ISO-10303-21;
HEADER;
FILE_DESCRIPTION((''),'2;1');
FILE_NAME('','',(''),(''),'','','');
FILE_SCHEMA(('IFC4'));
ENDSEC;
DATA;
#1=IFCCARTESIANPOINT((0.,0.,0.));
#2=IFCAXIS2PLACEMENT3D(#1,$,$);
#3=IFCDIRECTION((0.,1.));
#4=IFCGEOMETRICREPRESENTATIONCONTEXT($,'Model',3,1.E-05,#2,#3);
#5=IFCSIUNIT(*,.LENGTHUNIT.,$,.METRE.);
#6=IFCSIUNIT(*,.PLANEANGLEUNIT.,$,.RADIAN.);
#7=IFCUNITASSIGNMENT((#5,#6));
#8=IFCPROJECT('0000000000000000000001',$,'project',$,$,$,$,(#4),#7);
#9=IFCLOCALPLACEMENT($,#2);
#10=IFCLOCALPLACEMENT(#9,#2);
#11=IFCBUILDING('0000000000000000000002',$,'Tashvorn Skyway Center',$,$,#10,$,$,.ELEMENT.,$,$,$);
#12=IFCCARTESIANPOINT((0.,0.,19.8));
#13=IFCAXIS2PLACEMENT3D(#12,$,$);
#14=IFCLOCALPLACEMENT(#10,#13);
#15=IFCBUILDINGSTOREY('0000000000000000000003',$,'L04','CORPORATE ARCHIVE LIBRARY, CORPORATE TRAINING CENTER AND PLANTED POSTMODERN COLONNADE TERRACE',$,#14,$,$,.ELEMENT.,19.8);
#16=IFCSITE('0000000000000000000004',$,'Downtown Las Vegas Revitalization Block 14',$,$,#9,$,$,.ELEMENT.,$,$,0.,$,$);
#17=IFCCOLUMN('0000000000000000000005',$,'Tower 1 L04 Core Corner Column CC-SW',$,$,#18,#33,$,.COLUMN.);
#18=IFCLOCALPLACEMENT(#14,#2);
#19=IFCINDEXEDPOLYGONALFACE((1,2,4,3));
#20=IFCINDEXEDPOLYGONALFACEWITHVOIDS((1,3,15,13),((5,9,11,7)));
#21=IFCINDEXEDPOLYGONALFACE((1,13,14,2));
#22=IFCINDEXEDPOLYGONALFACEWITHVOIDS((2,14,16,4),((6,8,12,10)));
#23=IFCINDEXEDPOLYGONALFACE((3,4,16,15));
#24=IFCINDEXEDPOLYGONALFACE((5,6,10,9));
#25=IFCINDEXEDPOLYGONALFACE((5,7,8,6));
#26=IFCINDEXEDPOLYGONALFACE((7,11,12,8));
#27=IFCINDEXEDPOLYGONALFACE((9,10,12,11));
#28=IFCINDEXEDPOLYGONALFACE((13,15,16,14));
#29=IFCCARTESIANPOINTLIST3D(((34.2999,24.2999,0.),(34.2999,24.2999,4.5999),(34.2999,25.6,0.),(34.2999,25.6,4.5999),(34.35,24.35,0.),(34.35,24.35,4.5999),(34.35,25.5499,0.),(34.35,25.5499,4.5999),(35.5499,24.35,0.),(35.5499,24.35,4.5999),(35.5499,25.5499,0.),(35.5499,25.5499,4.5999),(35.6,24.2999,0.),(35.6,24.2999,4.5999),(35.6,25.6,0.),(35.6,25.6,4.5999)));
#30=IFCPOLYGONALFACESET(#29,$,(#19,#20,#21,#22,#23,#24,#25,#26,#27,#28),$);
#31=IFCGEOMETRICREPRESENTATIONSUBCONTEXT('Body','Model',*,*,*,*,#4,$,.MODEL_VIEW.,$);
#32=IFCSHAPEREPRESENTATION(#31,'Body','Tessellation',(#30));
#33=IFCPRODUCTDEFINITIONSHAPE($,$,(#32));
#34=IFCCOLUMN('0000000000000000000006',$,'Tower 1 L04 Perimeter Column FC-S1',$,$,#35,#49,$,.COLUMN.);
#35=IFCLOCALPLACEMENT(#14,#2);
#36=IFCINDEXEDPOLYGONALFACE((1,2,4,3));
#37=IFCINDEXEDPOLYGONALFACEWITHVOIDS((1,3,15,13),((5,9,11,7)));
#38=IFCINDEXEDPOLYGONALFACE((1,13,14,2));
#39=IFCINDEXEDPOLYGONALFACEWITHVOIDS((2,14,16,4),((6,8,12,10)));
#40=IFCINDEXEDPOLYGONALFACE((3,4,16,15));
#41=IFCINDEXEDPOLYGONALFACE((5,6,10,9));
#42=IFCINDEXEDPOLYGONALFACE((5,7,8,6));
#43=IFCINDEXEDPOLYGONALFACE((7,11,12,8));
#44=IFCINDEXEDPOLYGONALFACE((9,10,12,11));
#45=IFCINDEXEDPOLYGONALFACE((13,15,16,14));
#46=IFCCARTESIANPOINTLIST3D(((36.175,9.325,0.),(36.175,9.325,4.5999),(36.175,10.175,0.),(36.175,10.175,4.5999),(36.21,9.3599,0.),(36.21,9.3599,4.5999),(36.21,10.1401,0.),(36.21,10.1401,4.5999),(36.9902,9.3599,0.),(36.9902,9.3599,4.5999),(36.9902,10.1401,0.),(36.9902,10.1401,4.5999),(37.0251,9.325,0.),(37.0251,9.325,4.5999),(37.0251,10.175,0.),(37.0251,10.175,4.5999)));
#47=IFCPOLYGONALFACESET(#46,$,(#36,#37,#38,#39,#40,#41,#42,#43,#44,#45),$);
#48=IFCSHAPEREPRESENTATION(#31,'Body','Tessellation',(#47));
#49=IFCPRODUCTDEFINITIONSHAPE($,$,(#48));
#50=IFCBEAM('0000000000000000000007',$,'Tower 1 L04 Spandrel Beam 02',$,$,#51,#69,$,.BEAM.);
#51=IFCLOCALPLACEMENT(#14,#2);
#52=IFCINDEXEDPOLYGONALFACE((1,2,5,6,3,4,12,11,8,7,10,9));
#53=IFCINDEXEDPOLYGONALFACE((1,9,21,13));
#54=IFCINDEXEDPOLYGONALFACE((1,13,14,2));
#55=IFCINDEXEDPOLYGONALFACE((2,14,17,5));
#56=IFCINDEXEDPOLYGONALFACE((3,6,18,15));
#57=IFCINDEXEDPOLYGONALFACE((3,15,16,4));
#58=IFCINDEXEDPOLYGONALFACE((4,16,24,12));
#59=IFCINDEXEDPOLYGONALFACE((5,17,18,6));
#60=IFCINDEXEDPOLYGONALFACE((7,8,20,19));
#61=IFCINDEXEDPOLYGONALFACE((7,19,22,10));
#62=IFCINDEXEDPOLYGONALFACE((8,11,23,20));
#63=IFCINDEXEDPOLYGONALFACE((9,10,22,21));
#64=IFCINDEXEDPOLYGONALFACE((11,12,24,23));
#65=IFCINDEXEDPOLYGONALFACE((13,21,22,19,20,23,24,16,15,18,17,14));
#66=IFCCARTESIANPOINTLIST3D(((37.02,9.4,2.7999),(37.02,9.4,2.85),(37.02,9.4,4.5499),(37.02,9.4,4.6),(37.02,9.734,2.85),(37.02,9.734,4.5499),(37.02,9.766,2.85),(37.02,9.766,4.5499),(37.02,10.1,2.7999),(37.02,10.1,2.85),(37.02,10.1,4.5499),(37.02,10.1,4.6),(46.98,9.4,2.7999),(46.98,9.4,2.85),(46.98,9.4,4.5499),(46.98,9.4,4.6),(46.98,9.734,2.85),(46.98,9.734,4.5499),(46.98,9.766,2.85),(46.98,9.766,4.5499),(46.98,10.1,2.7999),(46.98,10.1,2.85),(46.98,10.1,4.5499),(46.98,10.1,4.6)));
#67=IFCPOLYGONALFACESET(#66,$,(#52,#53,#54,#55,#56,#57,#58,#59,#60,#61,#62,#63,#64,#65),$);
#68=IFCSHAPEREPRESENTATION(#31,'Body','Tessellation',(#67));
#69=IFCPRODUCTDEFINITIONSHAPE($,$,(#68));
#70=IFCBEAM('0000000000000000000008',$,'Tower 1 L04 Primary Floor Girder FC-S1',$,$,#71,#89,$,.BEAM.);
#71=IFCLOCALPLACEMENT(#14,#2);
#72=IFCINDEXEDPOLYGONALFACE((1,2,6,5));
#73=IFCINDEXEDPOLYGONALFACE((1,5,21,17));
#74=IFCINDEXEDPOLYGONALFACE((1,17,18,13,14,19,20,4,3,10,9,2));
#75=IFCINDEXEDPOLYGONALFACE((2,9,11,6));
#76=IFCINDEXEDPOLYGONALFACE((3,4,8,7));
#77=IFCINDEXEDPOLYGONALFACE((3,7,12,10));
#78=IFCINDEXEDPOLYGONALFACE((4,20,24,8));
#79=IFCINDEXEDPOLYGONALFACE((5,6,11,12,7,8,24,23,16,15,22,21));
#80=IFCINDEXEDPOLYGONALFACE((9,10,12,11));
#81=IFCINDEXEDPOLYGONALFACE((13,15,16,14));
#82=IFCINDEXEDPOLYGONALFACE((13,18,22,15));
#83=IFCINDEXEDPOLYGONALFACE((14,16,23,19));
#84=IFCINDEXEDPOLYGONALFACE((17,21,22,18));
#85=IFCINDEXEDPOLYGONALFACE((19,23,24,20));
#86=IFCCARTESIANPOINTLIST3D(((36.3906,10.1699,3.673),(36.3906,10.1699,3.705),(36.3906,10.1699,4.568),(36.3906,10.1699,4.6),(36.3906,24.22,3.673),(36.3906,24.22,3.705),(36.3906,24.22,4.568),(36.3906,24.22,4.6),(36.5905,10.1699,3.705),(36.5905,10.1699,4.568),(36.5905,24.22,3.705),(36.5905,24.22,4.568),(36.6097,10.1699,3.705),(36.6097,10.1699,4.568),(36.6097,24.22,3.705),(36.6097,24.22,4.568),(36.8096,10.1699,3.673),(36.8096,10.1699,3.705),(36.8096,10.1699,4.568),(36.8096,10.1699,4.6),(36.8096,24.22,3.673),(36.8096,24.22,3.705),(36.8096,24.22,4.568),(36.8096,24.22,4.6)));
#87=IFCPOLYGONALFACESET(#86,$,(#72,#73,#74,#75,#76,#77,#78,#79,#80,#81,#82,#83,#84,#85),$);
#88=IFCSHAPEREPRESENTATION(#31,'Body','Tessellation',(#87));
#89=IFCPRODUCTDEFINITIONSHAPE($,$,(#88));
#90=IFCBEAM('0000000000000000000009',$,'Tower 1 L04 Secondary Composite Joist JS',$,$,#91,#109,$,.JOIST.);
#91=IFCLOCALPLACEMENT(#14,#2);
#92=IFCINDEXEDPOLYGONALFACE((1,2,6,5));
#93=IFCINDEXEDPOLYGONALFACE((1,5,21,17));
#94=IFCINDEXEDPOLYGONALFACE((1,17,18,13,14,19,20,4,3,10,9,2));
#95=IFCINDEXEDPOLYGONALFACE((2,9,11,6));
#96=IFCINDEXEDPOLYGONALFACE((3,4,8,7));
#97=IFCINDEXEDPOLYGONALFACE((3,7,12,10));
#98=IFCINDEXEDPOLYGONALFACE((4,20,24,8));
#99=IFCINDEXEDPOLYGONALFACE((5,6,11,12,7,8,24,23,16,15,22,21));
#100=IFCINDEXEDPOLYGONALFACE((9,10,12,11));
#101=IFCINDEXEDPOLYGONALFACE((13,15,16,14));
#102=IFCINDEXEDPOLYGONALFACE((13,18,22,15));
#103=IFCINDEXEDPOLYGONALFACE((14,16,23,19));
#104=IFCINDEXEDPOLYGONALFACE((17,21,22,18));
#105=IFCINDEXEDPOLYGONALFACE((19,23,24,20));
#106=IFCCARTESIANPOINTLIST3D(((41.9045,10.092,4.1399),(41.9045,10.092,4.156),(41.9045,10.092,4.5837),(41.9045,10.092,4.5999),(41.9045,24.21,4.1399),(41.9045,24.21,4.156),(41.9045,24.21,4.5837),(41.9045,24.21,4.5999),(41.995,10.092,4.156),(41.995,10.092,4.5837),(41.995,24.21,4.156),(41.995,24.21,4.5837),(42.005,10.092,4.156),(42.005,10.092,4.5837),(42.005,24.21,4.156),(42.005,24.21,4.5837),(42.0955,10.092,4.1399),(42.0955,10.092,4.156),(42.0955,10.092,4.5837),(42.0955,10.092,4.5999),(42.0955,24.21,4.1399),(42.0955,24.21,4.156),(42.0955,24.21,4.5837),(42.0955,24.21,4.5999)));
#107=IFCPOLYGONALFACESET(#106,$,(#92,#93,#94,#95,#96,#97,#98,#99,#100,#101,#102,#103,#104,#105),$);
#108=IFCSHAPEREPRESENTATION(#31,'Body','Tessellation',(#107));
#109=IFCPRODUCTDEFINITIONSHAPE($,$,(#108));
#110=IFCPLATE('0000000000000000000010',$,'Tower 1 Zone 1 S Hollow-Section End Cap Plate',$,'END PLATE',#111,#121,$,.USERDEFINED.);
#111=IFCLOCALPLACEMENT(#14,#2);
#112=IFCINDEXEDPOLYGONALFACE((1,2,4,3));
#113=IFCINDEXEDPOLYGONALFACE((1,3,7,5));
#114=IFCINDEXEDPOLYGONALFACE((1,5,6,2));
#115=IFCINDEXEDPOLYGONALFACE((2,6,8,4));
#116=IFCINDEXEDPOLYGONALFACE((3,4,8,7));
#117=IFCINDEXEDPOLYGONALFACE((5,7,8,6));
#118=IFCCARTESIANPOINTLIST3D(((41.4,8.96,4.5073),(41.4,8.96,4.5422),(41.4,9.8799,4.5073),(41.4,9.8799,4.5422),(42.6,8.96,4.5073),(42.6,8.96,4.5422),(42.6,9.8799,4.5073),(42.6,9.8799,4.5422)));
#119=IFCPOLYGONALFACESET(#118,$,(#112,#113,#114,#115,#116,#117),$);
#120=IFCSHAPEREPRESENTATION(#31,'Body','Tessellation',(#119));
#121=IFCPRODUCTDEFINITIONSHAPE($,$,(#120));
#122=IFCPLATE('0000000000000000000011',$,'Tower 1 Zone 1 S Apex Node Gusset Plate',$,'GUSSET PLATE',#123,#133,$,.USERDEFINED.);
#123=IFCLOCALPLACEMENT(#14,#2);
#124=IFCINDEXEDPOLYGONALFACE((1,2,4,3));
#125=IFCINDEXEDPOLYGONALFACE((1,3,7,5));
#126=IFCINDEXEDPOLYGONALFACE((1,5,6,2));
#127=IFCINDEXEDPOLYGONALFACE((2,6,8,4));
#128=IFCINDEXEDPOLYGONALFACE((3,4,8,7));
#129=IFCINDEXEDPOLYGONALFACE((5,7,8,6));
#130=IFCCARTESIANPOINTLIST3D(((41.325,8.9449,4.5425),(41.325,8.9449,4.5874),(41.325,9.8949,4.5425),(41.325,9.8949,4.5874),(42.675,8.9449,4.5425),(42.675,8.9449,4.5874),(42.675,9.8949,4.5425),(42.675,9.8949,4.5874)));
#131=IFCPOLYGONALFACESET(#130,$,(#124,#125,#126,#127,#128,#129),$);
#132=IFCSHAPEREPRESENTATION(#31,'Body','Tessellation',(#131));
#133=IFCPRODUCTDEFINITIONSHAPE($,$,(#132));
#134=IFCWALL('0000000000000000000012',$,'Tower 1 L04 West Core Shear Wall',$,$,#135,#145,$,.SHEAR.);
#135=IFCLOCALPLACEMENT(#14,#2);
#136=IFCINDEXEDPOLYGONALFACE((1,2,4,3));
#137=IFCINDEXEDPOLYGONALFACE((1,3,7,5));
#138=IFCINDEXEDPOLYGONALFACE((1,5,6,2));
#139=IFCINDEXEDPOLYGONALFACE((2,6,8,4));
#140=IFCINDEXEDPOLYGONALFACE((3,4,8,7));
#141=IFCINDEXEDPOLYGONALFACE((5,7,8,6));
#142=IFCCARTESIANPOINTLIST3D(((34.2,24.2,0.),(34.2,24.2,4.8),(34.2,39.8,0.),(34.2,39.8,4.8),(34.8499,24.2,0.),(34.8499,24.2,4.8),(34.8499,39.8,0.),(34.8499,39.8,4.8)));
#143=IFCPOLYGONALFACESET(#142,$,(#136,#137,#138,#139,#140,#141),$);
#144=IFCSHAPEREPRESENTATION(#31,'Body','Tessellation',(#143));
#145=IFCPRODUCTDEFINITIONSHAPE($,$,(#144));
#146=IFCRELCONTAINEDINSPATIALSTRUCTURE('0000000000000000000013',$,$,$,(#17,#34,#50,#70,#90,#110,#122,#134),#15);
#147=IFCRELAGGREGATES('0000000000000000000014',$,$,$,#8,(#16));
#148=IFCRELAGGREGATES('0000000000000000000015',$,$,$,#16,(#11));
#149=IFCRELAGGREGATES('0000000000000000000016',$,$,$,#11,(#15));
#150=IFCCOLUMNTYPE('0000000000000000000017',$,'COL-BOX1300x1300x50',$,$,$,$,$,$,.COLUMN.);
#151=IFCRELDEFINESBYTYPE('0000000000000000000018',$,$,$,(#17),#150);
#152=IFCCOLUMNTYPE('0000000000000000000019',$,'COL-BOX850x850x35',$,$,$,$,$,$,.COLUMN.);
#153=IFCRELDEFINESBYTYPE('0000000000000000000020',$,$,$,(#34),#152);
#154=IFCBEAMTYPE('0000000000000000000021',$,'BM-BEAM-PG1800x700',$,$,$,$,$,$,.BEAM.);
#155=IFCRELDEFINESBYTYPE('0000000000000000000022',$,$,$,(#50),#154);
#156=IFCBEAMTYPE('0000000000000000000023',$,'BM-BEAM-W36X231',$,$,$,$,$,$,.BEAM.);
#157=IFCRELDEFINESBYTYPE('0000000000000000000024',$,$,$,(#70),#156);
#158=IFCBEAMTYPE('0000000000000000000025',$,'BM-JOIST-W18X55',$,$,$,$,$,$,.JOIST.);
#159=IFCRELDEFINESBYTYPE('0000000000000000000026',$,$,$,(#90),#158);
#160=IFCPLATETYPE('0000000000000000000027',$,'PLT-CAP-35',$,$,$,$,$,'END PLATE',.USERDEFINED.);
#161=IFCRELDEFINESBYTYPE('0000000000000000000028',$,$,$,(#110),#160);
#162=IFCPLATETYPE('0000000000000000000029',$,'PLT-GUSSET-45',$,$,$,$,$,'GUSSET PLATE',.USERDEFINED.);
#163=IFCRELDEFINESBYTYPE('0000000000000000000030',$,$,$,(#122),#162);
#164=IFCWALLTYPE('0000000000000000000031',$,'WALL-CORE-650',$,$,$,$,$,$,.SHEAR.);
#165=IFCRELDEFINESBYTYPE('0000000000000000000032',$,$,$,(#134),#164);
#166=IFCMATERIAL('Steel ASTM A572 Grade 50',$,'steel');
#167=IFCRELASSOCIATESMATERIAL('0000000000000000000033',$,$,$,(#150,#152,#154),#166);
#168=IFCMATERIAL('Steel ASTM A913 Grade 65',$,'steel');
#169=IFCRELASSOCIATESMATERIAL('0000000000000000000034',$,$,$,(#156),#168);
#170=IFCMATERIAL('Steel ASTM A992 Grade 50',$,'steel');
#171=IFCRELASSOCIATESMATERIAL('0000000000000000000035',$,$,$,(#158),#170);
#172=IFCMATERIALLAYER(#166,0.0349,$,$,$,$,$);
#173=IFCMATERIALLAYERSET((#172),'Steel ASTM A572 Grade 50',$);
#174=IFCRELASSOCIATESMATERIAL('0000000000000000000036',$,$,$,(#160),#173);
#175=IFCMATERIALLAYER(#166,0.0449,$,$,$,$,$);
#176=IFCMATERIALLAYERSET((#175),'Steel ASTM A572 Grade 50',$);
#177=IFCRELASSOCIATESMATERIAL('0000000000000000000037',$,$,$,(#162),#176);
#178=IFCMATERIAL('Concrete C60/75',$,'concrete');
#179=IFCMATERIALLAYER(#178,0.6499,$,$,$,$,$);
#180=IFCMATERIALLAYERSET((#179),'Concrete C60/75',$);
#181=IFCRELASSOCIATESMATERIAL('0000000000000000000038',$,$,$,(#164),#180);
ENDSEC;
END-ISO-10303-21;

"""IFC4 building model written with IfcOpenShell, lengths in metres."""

from ifc_helpers import new_model, si_unit, direction, frame, frame_2d, origin, origin_2d, place, context, subcontext, project, spatial, rectangle, hollow_rectangle, i_section, extrude, material, layer, layer_set, material_profile, profile_set, type_object, element, save


model = new_model("IFC4")

# Units and contexts
model_context = context("Model", 3, precision=1e-05, world=origin(), true_north=direction((0.0, 1.0)))
body_context = subcontext(model_context, "Body", "Model", "MODEL_VIEW")
ifc_project = project(units=[si_unit("LENGTHUNIT", "METRE"), si_unit("PLANEANGLEUNIT", "RADIAN")], contexts=[model_context])

# Site, building, storey
site_placement = place(None, origin())
site = spatial("IfcSite", under=ifc_project, at=site_placement, Name="Downtown Las Vegas Revitalization Block 14", CompositionType="ELEMENT", RefElevation=0.0)
building_placement = place(site_placement, origin())
building = spatial("IfcBuilding", under=site, at=building_placement, Name="Tashvorn Skyway Center", CompositionType="ELEMENT")
storey_placement = place(building_placement, frame((0.0, 0.0, 19.8)))
storey = spatial("IfcBuildingStorey", under=building, at=storey_placement, Name="L04", Description="CORPORATE ARCHIVE LIBRARY, CORPORATE TRAINING CENTER AND PLANTED POSTMODERN COLONNADE TERRACE", CompositionType="ELEMENT", Elevation=19.8)

# Columns
ifc_material_1 = material(Name="Steel ASTM A572 Grade 50", Category="steel")
ifc_material_profile_1 = material_profile(ifc_material_1, hollow_rectangle(XDim=1.3, YDim=1.3, WallThickness=0.05, at=origin_2d()), Name="BOX1300x1300x50")
ifc_profile_set_1 = profile_set([ifc_material_profile_1], Name="Steel ASTM A572 Grade 50")
column_type_1 = type_object("IfcColumnType", Name="COL-BOX1300x1300x50", PredefinedType="COLUMN", material=ifc_profile_set_1)
column_1_placement = place(storey_placement, frame((34.95, 24.95, 0.0), z_axis=(0.0, 0.0, 1.0), x_axis=(1.0, 0.0, 0.0)))
element("IfcColumn", 1, at=column_1_placement, inside=storey, type_object=column_type_1, Name="Tower 1 L04 Core Corner Column CC-SW", PredefinedType="COLUMN", context=body_context, shape_type="SweptSolid", body=[
    extrude(hollow_rectangle(XDim=1.3, YDim=1.3, WallThickness=0.05, at=origin_2d()), origin(), (0.0, 0.0, 1.0), 4.5999),
])
ifc_material_profile_2 = material_profile(ifc_material_1, hollow_rectangle(XDim=0.8501, YDim=0.8501, WallThickness=0.0349, at=origin_2d()), Name="BOX850x850x35")
ifc_profile_set_2 = profile_set([ifc_material_profile_2], Name="Steel ASTM A572 Grade 50")
column_type_2 = type_object("IfcColumnType", Name="COL-BOX850x850x35", PredefinedType="COLUMN", material=ifc_profile_set_2)
column_2_placement = place(storey_placement, frame((36.6001, 9.75, 0.0), z_axis=(0.0, 0.0, 1.0), x_axis=(1.0, 0.0, 0.0)))
element("IfcColumn", 2, at=column_2_placement, inside=storey, type_object=column_type_2, Name="Tower 1 L04 Perimeter Column FC-S1", PredefinedType="COLUMN", context=body_context, shape_type="SweptSolid", body=[
    extrude(hollow_rectangle(XDim=0.8501, YDim=0.8501, WallThickness=0.0349, at=origin_2d()), origin(), (0.0, 0.0, 1.0), 4.5999),
])

# Beams
ifc_material_profile_3 = material_profile(ifc_material_1, i_section(OverallWidth=0.7, OverallDepth=1.8, WebThickness=0.032, FlangeThickness=0.05, at=origin_2d()), Name="PG1800x700")
ifc_profile_set_3 = profile_set([ifc_material_profile_3], Name="Steel ASTM A572 Grade 50")
beam_type_1 = type_object("IfcBeamType", Name="BM-BEAM-PG1800x700", PredefinedType="BEAM", material=ifc_profile_set_3)
beam_1_placement = place(storey_placement, frame((37.02, 9.75, 3.7), z_axis=(1.0, 0.0, 0.0), x_axis=(0.0, 1.0, 0.0)))
element("IfcBeam", 3, at=beam_1_placement, inside=storey, type_object=beam_type_1, Name="Tower 1 L04 Spandrel Beam 02", PredefinedType="BEAM", context=body_context, shape_type="SweptSolid", body=[
    extrude(i_section(OverallWidth=0.7, OverallDepth=1.8, WebThickness=0.032, FlangeThickness=0.05, at=origin_2d()), origin(), (0.0, 0.0, 1.0), 9.96),
])
ifc_material_2 = material(Name="Steel ASTM A913 Grade 65", Category="steel")
ifc_material_profile_4 = material_profile(ifc_material_2, i_section(OverallWidth=0.4189, OverallDepth=0.927, WebThickness=0.0193, FlangeThickness=0.032, at=origin_2d()), Name="W36X231")
ifc_profile_set_4 = profile_set([ifc_material_profile_4], Name="Steel ASTM A913 Grade 65")
beam_type_2 = type_object("IfcBeamType", Name="BM-BEAM-W36X231", PredefinedType="BEAM", material=ifc_profile_set_4)
beam_2_placement = place(storey_placement, frame((36.6001, 10.1699, 4.1365), z_axis=(0.0, 1.0, 0.0), x_axis=(-1.0, 0.0, 0.0)))
element("IfcBeam", 4, at=beam_2_placement, inside=storey, type_object=beam_type_2, Name="Tower 1 L04 Primary Floor Girder FC-S1", PredefinedType="BEAM", context=body_context, shape_type="SweptSolid", body=[
    extrude(i_section(OverallWidth=0.4189, OverallDepth=0.927, WebThickness=0.0193, FlangeThickness=0.032, at=origin_2d()), origin(), (0.0, 0.0, 1.0), 14.05),
])
ifc_material_3 = material(Name="Steel ASTM A992 Grade 50", Category="steel")
ifc_material_profile_5 = material_profile(ifc_material_3, i_section(OverallWidth=0.1909, OverallDepth=0.46, WebThickness=0.01, FlangeThickness=0.0161, at=origin_2d()), Name="W18X55")
ifc_profile_set_5 = profile_set([ifc_material_profile_5], Name="Steel ASTM A992 Grade 50")
beam_type_3 = type_object("IfcBeamType", Name="BM-JOIST-W18X55", PredefinedType="JOIST", material=ifc_profile_set_5)
beam_3_placement = place(storey_placement, frame((42.0, 24.21, 4.3699), z_axis=(0.0, -1.0, 0.0), x_axis=(1.0, 0.0, 0.0)))
element("IfcBeam", 5, at=beam_3_placement, inside=storey, type_object=beam_type_3, Name="Tower 1 L04 Secondary Composite Joist JS", PredefinedType="JOIST", context=body_context, shape_type="SweptSolid", body=[
    extrude(i_section(OverallWidth=0.1909, OverallDepth=0.46, WebThickness=0.01, FlangeThickness=0.0161, at=origin_2d()), origin(), (0.0, 0.0, 1.0), 14.1179),
])

# Plates
ifc_layer_1 = layer(ifc_material_1, 0.0349)
ifc_layer_set_1 = layer_set([ifc_layer_1], Name="Steel ASTM A572 Grade 50")
plate_type_1 = type_object("IfcPlateType", Name="PLT-CAP-35", ElementType="END PLATE", PredefinedType="USERDEFINED", material=ifc_layer_set_1)
plate_1_placement = place(storey_placement, frame((42.0, 9.4199, 4.5073), z_axis=(0.0, 0.0, 1.0), x_axis=(1.0, 0.0, 0.0)))
element("IfcPlate", 6, at=plate_1_placement, inside=storey, type_object=plate_type_1, Name="Tower 1 Zone 1 S Hollow-Section End Cap Plate", ObjectType="END PLATE", PredefinedType="USERDEFINED", context=body_context, shape_type="SweptSolid", body=[
    extrude(rectangle(XDim=1.2, YDim=0.9199, at=origin_2d()), origin(), (0.0, 0.0, 1.0), 0.0349),
])
ifc_layer_2 = layer(ifc_material_1, 0.0449)
ifc_layer_set_2 = layer_set([ifc_layer_2], Name="Steel ASTM A572 Grade 50")
plate_type_2 = type_object("IfcPlateType", Name="PLT-GUSSET-45", ElementType="GUSSET PLATE", PredefinedType="USERDEFINED", material=ifc_layer_set_2)
plate_2_placement = place(storey_placement, frame((42.0, 9.4199, 4.5425), z_axis=(0.0, 0.0, 1.0), x_axis=(1.0, 0.0, 0.0)))
element("IfcPlate", 7, at=plate_2_placement, inside=storey, type_object=plate_type_2, Name="Tower 1 Zone 1 S Apex Node Gusset Plate", ObjectType="GUSSET PLATE", PredefinedType="USERDEFINED", context=body_context, shape_type="SweptSolid", body=[
    extrude(rectangle(XDim=1.3501, YDim=0.95, at=origin_2d()), origin(), (0.0, 0.0, 1.0), 0.0449),
])

# Wall
ifc_material_4 = material(Name="Concrete C60/75", Category="concrete")
ifc_layer_3 = layer(ifc_material_4, 0.6499)
ifc_layer_set_3 = layer_set([ifc_layer_3], Name="Concrete C60/75")
wall_type_1 = type_object("IfcWallType", Name="WALL-CORE-650", PredefinedType="SHEAR", material=ifc_layer_set_3)
wall_1_placement = place(storey_placement, frame((34.5249, 24.2, 0.0), z_axis=(0.0, 0.0, 1.0), x_axis=(0.0, 1.0, 0.0)))
element("IfcWall", 8, at=wall_1_placement, inside=storey, type_object=wall_type_1, Name="Tower 1 L04 West Core Shear Wall", PredefinedType="SHEAR", context=body_context, shape_type="SweptSolid", body=[
    extrude(rectangle(XDim=15.6001, YDim=0.6499, at=frame_2d((7.8, 0.0))), origin(), (0.0, 0.0, 1.0), 4.8),
])

save(model, "model.ifc")
